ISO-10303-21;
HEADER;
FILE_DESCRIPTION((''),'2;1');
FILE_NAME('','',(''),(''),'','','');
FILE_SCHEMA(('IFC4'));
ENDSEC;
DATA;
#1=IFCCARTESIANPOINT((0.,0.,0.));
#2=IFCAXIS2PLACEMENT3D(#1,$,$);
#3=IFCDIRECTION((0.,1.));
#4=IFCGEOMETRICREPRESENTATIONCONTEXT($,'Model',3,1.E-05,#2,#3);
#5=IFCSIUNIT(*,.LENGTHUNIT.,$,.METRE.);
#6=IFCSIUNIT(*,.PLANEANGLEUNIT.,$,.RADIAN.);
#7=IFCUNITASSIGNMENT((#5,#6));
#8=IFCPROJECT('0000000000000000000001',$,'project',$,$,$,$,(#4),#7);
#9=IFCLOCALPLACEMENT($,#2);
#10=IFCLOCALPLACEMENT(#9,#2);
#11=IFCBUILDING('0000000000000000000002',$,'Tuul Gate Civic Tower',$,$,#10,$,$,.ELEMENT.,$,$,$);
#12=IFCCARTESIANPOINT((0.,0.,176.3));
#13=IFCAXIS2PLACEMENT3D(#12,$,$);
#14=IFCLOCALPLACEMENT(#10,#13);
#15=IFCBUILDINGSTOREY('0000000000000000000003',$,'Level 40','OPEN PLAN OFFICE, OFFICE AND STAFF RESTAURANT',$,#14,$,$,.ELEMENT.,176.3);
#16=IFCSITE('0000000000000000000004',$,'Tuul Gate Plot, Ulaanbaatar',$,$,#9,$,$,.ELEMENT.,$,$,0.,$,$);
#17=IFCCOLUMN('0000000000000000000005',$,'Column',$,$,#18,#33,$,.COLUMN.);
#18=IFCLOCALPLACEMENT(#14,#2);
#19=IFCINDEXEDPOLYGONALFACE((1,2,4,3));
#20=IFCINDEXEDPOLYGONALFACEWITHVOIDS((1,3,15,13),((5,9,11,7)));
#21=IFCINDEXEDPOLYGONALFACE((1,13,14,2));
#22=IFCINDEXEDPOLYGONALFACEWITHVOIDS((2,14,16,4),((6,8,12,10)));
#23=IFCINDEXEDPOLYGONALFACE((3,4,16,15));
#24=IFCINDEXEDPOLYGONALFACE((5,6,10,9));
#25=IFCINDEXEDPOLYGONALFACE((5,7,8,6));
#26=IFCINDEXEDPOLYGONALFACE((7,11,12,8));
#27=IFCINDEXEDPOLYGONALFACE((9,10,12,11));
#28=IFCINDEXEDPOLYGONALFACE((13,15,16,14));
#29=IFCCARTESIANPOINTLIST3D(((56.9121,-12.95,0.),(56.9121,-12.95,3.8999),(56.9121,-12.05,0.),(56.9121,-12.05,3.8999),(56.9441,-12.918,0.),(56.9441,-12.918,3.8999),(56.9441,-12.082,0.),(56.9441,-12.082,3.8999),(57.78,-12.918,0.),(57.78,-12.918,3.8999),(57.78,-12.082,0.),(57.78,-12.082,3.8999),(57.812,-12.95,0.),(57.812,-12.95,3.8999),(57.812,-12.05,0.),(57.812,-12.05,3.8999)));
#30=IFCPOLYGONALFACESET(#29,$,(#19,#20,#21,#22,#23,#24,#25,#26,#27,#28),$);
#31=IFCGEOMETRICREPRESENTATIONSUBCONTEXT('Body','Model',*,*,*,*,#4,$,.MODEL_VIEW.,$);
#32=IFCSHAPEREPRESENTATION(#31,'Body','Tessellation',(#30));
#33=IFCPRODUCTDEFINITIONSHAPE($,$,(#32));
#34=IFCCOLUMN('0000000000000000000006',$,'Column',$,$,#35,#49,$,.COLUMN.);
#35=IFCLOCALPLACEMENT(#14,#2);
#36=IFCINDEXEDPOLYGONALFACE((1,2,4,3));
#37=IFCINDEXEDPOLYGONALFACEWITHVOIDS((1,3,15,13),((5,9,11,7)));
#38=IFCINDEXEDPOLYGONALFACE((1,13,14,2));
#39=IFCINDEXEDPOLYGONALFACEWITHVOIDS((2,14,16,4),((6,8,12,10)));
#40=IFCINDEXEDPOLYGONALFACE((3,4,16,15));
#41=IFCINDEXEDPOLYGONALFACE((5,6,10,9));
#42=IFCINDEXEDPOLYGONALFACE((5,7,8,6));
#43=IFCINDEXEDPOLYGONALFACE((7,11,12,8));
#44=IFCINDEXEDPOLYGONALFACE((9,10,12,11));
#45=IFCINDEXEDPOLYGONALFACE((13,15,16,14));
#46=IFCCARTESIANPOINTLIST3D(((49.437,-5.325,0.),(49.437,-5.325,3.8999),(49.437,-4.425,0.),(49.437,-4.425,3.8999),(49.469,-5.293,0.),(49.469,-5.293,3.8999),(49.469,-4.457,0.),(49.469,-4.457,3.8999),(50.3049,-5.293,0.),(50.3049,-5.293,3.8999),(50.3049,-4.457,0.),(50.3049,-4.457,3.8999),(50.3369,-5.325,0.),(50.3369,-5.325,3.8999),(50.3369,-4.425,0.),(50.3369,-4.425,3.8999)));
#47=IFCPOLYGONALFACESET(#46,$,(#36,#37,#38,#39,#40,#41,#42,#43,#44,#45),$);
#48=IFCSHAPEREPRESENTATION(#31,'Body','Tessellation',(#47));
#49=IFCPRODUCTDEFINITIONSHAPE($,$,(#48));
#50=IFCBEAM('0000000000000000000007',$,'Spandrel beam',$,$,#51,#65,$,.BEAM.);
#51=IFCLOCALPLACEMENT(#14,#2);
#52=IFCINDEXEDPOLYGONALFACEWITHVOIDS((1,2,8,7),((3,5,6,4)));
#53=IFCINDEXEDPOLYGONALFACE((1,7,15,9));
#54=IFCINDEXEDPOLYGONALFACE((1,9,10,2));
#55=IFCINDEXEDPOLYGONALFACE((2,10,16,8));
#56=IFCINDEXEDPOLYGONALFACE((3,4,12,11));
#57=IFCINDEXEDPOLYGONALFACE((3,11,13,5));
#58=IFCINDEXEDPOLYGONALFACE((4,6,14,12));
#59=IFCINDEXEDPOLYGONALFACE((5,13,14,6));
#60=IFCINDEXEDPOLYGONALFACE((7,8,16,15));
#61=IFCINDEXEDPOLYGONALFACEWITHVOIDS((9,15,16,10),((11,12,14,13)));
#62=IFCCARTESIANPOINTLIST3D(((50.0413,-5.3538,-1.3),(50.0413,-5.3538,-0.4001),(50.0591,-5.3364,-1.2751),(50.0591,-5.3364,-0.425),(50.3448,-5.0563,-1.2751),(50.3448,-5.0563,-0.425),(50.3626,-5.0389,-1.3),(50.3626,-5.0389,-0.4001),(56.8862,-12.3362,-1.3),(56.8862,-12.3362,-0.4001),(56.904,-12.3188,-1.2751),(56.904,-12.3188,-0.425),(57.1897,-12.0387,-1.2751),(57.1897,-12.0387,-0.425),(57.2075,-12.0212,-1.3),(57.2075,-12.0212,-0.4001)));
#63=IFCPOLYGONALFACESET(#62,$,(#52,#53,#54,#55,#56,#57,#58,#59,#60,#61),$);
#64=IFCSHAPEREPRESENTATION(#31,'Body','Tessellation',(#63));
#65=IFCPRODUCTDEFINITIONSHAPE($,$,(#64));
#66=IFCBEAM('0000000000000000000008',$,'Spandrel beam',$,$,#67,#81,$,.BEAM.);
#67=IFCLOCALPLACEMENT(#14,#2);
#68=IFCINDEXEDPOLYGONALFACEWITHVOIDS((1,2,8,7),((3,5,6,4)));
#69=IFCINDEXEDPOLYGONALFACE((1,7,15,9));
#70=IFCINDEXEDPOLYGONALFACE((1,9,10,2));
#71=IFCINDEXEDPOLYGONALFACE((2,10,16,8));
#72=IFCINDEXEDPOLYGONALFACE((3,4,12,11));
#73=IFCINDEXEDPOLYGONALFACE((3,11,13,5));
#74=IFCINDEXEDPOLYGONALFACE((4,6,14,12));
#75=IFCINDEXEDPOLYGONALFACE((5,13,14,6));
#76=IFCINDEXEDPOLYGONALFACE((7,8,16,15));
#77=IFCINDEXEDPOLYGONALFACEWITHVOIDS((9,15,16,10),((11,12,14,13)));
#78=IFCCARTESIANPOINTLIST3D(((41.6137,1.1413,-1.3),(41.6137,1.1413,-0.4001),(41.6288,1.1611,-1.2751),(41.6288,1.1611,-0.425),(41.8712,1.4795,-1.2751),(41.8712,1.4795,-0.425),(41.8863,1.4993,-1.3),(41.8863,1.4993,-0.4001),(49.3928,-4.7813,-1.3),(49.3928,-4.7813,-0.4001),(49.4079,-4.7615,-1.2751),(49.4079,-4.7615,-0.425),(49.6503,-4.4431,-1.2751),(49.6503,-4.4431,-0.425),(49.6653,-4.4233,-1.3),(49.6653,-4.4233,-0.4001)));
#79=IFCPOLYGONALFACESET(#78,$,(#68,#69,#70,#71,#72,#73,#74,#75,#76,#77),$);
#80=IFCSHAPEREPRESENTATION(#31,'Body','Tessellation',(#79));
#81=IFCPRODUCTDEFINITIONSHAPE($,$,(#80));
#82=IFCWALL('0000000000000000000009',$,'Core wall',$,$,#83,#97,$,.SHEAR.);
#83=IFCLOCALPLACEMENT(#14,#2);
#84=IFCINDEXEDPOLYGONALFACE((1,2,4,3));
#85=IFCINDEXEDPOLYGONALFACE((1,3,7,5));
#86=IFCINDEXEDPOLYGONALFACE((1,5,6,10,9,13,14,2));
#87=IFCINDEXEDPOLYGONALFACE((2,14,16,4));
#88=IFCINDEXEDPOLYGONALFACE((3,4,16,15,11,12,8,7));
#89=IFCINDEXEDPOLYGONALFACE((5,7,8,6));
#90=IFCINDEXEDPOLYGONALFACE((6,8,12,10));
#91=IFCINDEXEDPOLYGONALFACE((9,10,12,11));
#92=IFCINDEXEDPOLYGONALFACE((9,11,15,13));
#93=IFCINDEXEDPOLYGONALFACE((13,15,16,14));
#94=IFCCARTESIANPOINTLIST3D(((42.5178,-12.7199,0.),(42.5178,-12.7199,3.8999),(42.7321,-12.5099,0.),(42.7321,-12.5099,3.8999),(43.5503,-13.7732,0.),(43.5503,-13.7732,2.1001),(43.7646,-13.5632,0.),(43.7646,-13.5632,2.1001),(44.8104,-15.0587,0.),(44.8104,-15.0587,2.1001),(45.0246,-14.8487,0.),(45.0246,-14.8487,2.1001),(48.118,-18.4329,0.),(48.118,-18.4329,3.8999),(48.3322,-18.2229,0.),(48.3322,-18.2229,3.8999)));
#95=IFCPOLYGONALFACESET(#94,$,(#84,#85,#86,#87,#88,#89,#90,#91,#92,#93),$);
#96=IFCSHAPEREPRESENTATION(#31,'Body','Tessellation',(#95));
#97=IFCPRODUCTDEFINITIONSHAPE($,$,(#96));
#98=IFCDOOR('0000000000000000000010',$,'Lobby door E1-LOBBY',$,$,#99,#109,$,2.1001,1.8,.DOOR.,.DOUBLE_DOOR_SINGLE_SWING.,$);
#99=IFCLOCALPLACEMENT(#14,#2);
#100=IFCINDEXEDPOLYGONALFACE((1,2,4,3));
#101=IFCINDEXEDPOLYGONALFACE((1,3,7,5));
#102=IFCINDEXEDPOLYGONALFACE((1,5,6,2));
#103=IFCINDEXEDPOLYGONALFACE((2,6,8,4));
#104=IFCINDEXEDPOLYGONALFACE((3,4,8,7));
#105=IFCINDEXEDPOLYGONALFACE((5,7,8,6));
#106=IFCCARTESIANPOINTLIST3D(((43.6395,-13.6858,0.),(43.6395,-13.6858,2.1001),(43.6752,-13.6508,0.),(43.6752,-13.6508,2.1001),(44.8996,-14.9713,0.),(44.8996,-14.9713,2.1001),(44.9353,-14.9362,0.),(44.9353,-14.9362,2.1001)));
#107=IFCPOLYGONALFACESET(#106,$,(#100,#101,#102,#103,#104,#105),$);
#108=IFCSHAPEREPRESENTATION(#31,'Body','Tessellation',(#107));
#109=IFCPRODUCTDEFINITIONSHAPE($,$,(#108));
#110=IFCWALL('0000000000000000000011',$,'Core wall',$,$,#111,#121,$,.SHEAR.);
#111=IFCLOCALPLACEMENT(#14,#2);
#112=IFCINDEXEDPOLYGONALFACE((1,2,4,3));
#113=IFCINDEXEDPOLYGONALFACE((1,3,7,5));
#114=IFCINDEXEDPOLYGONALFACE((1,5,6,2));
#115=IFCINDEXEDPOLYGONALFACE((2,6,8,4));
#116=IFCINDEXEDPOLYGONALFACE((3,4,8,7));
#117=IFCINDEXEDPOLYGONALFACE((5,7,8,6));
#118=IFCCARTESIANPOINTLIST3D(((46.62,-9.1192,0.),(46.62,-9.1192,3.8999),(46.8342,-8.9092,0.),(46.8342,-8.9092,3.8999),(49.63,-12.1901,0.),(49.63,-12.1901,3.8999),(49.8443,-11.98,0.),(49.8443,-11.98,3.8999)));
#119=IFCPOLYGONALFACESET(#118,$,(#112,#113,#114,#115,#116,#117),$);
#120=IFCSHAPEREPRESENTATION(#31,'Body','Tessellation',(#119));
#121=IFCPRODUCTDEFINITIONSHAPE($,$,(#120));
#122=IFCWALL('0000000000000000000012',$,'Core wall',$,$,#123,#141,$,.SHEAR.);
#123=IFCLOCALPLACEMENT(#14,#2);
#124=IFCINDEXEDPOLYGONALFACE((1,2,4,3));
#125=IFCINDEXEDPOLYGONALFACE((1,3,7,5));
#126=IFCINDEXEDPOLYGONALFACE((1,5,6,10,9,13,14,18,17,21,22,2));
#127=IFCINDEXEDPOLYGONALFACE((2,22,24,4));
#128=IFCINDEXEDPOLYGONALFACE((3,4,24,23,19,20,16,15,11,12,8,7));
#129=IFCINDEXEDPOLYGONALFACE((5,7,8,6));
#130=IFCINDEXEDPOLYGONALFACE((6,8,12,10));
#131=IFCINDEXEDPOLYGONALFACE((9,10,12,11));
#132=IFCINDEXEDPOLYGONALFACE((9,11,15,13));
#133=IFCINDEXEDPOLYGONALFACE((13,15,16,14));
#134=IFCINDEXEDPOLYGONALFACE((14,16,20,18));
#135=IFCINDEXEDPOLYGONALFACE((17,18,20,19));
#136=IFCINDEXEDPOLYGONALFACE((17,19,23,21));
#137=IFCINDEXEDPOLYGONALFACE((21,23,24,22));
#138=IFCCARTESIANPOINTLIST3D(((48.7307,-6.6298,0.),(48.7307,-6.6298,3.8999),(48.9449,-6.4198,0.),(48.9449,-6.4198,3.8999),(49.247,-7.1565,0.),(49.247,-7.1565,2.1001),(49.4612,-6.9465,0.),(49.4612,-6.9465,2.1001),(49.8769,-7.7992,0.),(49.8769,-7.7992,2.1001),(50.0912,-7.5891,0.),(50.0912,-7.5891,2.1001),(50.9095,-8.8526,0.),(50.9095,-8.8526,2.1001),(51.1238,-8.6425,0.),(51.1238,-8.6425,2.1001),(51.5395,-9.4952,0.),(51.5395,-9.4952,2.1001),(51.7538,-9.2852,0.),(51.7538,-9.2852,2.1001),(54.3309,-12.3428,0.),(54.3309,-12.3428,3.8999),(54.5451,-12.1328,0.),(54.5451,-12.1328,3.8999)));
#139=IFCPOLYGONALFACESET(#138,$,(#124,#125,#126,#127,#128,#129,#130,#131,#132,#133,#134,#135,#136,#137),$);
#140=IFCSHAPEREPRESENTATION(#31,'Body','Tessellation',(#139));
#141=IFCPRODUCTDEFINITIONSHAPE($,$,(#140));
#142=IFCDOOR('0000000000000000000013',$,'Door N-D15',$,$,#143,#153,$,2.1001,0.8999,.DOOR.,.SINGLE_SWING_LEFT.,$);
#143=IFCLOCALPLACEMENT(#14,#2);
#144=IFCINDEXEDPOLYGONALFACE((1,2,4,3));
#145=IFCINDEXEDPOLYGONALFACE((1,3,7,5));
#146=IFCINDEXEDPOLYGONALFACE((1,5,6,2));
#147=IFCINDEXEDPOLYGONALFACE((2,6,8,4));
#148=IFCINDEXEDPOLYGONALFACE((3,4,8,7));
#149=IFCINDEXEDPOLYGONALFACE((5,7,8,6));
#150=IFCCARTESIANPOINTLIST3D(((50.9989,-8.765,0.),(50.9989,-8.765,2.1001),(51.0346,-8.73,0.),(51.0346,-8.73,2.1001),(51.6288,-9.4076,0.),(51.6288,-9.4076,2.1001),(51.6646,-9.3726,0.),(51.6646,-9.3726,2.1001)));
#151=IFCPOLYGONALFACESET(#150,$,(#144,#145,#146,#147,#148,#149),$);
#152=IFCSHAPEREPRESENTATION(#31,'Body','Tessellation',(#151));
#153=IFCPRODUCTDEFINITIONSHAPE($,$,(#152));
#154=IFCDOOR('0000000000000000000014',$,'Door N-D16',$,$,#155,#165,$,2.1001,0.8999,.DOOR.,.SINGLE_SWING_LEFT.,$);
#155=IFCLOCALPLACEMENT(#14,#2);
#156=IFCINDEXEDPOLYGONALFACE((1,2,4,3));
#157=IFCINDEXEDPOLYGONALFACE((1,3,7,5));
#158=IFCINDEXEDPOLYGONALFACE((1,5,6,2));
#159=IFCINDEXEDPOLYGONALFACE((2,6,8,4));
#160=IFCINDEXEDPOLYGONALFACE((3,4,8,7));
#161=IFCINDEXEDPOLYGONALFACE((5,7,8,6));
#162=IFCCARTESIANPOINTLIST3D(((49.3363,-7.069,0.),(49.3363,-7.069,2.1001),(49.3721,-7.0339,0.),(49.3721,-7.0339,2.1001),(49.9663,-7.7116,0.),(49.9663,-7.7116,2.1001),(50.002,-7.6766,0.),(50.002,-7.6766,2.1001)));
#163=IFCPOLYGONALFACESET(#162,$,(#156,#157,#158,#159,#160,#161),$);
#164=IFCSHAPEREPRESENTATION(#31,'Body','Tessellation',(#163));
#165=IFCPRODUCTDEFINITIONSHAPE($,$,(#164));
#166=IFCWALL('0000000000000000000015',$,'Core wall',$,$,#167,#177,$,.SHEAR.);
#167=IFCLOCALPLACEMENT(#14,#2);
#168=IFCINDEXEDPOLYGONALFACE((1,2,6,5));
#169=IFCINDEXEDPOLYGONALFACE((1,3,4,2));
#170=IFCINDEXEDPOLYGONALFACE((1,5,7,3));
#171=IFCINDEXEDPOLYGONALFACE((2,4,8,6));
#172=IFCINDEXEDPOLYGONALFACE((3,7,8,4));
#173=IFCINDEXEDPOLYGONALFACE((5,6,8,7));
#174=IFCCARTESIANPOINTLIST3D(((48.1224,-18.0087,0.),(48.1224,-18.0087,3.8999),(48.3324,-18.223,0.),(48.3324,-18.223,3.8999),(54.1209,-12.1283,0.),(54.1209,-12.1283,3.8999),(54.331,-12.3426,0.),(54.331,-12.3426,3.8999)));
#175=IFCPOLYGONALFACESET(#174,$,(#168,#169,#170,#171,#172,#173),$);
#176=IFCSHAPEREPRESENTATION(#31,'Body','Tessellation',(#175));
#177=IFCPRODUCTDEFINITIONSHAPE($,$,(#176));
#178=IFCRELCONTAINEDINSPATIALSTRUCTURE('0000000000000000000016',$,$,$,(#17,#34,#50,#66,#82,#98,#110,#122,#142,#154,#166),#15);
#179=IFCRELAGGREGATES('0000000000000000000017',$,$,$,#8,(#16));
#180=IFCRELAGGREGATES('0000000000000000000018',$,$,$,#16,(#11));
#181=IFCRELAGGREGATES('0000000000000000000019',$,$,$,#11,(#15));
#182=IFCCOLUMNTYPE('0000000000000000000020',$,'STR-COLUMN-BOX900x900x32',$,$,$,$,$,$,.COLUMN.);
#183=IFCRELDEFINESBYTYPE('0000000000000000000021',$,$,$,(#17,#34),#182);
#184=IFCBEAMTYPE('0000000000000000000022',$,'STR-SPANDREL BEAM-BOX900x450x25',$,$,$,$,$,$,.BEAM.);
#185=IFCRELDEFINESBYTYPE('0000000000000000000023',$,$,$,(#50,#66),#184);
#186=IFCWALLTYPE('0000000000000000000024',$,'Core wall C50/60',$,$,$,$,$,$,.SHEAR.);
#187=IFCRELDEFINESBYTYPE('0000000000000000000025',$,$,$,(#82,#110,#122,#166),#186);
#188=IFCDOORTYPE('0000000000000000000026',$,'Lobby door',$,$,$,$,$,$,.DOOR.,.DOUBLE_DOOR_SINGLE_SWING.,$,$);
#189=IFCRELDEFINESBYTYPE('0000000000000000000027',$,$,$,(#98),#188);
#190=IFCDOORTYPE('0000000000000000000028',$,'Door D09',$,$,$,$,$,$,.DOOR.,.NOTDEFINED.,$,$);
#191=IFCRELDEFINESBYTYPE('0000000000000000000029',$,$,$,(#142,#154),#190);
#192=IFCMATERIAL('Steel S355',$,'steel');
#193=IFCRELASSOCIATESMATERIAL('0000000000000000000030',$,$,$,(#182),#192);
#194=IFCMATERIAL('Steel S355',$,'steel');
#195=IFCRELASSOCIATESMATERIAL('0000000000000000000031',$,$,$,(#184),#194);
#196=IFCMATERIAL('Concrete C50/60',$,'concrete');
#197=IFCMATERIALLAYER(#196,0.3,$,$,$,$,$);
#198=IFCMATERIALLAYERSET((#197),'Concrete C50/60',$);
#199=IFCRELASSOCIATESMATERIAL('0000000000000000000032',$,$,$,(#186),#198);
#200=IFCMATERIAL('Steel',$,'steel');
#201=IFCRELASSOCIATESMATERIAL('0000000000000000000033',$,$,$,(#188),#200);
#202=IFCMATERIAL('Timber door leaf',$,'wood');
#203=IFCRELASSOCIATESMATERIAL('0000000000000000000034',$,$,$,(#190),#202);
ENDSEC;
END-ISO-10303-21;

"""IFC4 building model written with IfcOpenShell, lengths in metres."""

from ifc_helpers import new_model, si_unit, direction, frame, frame_2d, origin, origin_2d, place, context, subcontext, project, spatial, rectangle, hollow_rectangle, extrude, material, layer, layer_set, material_profile, profile_set, type_object, element, fill, save


model = new_model("IFC4")

# Units and contexts
model_context = context("Model", 3, precision=1e-05, world=origin(), true_north=direction((0.0, 1.0)))
body_context = subcontext(model_context, "Body", "Model", "MODEL_VIEW")
ifc_project = project(units=[si_unit("LENGTHUNIT", "METRE"), si_unit("PLANEANGLEUNIT", "RADIAN")], contexts=[model_context])

# Site, building, storey
site_placement = place(None, origin())
site = spatial("IfcSite", under=ifc_project, at=site_placement, Name="Tuul Gate Plot, Ulaanbaatar", CompositionType="ELEMENT", RefElevation=0.0)
building_placement = place(site_placement, origin())
building = spatial("IfcBuilding", under=site, at=building_placement, Name="Tuul Gate Civic Tower", CompositionType="ELEMENT")
storey_placement = place(building_placement, frame((0.0, 0.0, 176.3)))
storey = spatial("IfcBuildingStorey", under=building, at=storey_placement, Name="Level 40", Description="OPEN PLAN OFFICE, OFFICE AND STAFF RESTAURANT", CompositionType="ELEMENT", Elevation=176.3)

# Columns
ifc_material_1 = material(Name="Steel S355", Category="steel")
ifc_material_profile_1 = material_profile(ifc_material_1, hollow_rectangle(XDim=0.8999, YDim=0.8999, WallThickness=0.032, at=origin_2d()), Name="BOX900x900x32")
ifc_profile_set_1 = profile_set([ifc_material_profile_1], Name="Steel S355")
column_type = type_object("IfcColumnType", Name="STR-COLUMN-BOX900x900x32", PredefinedType="COLUMN", material=ifc_profile_set_1)
for number, where, z_axis, x_axis, name in (
    (1, (57.3621, -12.5, 0.0), (0.0, 0.0, 1.0), (1.0, 0.0, 0.0), "Column"),
    (2, (49.887, -4.875, 0.0), (0.0, 0.0, 1.0), (1.0, 0.0, 0.0), "Column"),
):
    element("IfcColumn", number, at=place(storey_placement, frame(where, z_axis=z_axis, x_axis=x_axis)), inside=storey, type_object=column_type, Name=name, PredefinedType="COLUMN", context=body_context, shape_type="SweptSolid", body=[
        extrude(hollow_rectangle(XDim=0.8999, YDim=0.8999, WallThickness=0.032, at=origin_2d()), origin(), (0.0, 0.0, 1.0), 3.8999),
    ])

# Beams
ifc_material_2 = material(Name="Steel S355", Category="steel")
ifc_material_profile_2 = material_profile(ifc_material_2, hollow_rectangle(XDim=0.45, YDim=0.8999, WallThickness=0.0249, at=origin_2d()), Name="BOX900x450x25")
ifc_profile_set_2 = profile_set([ifc_material_profile_2], Name="Steel S355")
beam_type = type_object("IfcBeamType", Name="STR-SPANDREL BEAM-BOX900x450x25", PredefinedType="BEAM", material=ifc_profile_set_2)
beam_1_placement = place(storey_placement, frame((57.0469, -12.1787, -0.8501), z_axis=(-0.700043, 0.7141, 0.0), x_axis=(-0.7141, -0.700043, 0.0)))
element("IfcBeam", 3, at=beam_1_placement, inside=storey, type_object=beam_type, Name="Spandrel beam", PredefinedType="BEAM", context=body_context, shape_type="SweptSolid", body=[
    extrude(hollow_rectangle(XDim=0.45, YDim=0.8999, WallThickness=0.0249, at=origin_2d()), origin(), (0.0, 0.0, 1.0), 9.7778),
])
beam_2_placement = place(storey_placement, frame((49.5291, -4.6023, -0.8501), z_axis=(-0.795643, 0.605766, 0.0), x_axis=(-0.605766, -0.795643, 0.0)))
element("IfcBeam", 4, at=beam_2_placement, inside=storey, type_object=beam_type, Name="Spandrel beam", PredefinedType="BEAM", context=body_context, shape_type="SweptSolid", body=[
    extrude(hollow_rectangle(XDim=0.45, YDim=0.8999, WallThickness=0.0249, at=origin_2d()), origin(), (0.0, 0.0, 1.0), 9.7771),
])

# Wall, opening, door
ifc_material_3 = material(Name="Concrete C50/60", Category="concrete")
ifc_layer_1 = layer(ifc_material_3, 0.3)
ifc_layer_set_1 = layer_set([ifc_layer_1], Name="Concrete C50/60")
wall_type_1 = type_object("IfcWallType", Name="Core wall C50/60", PredefinedType="SHEAR", material=ifc_layer_set_1)
wall_1_placement = place(storey_placement, frame((48.2251, -18.3279, 0.0), z_axis=(0.0, 0.0, 1.0), x_axis=(-0.700022, 0.714121, 0.0)))
wall_1 = element("IfcWall", 5, at=wall_1_placement, inside=storey, type_object=wall_type_1, Name="Core wall", PredefinedType="SHEAR", context=body_context, shape_type="SweptSolid", body=[
    extrude(rectangle(XDim=8.0, YDim=0.3, at=frame_2d((4.0, 0.0))), origin(), (0.0, 0.0, 1.0), 3.8999),
])
opening_1_placement = place(wall_1_placement, frame((4.7251, 0.0, 0.0)))
opening_1 = element("IfcOpeningElement", 6, at=opening_1_placement, cuts=wall_1, PredefinedType="OPENING", context=body_context, shape_type="SweptSolid", body=[
    extrude(rectangle(XDim=1.8, YDim=2.1001, at=frame_2d((0.8999, 1.05))), frame((0.0, 0.1602, 0.0), z_axis=(0.0, -1.0, 0.0), x_axis=(1.0, 0.0, 0.0)), (0.0, 0.0, 1.0), 0.3201),
])
ifc_material_4 = material(Name="Steel", Category="steel")
door_type_1 = type_object("IfcDoorType", Name="Lobby door", OperationType="DOUBLE_DOOR_SINGLE_SWING", PredefinedType="DOOR", material=ifc_material_4)
door_1_placement = place(opening_1_placement, frame((1.8, 0.0, 0.0), z_axis=(0.0, 0.0, 1.0), x_axis=(-1.0, 0.0, 0.0)))
door_1 = element("IfcDoor", 7, at=door_1_placement, inside=storey, type_object=door_type_1, Name="Lobby door E1-LOBBY", OperationType="DOUBLE_DOOR_SINGLE_SWING", OverallHeight=2.1001, OverallWidth=1.8, PredefinedType="DOOR", context=body_context, shape_type="SweptSolid", body=[
    extrude(rectangle(XDim=1.8, YDim=2.1001, at=frame_2d((0.9001, 1.05))), frame((0.0, 0.0249, 0.0), z_axis=(0.0, -1.0, 0.0), x_axis=(1.0, 0.0, 0.0)), (0.0, 0.0, 1.0), 0.05),
])
fill(opening_1, door_1)

# Wall
wall_2_placement = place(storey_placement, frame((49.7371, -12.085, 0.0), z_axis=(0.0, 0.0, 1.0), x_axis=(-0.700003, 0.71414, 0.0)))
element("IfcWall", 8, at=wall_2_placement, inside=storey, type_object=wall_type_1, Name="Core wall", PredefinedType="SHEAR", context=body_context, shape_type="SweptSolid", body=[
    extrude(rectangle(XDim=4.3, YDim=0.3, at=frame_2d((2.1499, 0.0))), origin(), (0.0, 0.0, 1.0), 3.8999),
])

# Wall, openings, doors
wall_3_placement = place(storey_placement, frame((54.438, -12.2378, 0.0), z_axis=(0.0, 0.0, 1.0), x_axis=(-0.700022, 0.714121, 0.0)))
wall_3 = element("IfcWall", 9, at=wall_3_placement, inside=storey, type_object=wall_type_1, Name="Core wall", PredefinedType="SHEAR", context=body_context, shape_type="SweptSolid", body=[
    extrude(rectangle(XDim=8.0, YDim=0.3, at=frame_2d((4.0, 0.0))), origin(), (0.0, 0.0, 1.0), 3.8999),
])
opening_2_placement = place(wall_3_placement, frame((3.9875, 0.0, 0.0)))
opening_2 = element("IfcOpeningElement", 10, at=opening_2_placement, cuts=wall_3, PredefinedType="OPENING", context=body_context, shape_type="SweptSolid", body=[
    extrude(rectangle(XDim=0.8999, YDim=2.1001, at=frame_2d((0.45, 1.05))), frame((0.0, 0.1602, 0.0), z_axis=(0.0, -1.0, 0.0), x_axis=(1.0, 0.0, 0.0)), (0.0, 0.0, 1.0), 0.3201),
])
opening_3_placement = place(wall_3_placement, frame((6.3625, 0.0, 0.0)))
opening_3 = element("IfcOpeningElement", 11, at=opening_3_placement, cuts=wall_3, PredefinedType="OPENING", context=body_context, shape_type="SweptSolid", body=[
    extrude(rectangle(XDim=0.8999, YDim=2.1001, at=frame_2d((0.45, 1.05))), frame((0.0, 0.1602, 0.0), z_axis=(0.0, -1.0, 0.0), x_axis=(1.0, 0.0, 0.0)), (0.0, 0.0, 1.0), 0.3201),
])
ifc_material_5 = material(Name="Timber door leaf", Category="wood")
door_type_2 = type_object("IfcDoorType", Name="Door D09", OperationType="NOTDEFINED", PredefinedType="DOOR", material=ifc_material_5)
door_2_placement = place(opening_2_placement, origin())
door_2 = element("IfcDoor", 12, at=door_2_placement, inside=storey, type_object=door_type_2, Name="Door N-D15", OperationType="SINGLE_SWING_LEFT", OverallHeight=2.1001, OverallWidth=0.8999, PredefinedType="DOOR", context=body_context, shape_type="SweptSolid", body=[
    extrude(rectangle(XDim=0.8999, YDim=2.1001, at=frame_2d((0.45, 1.05))), frame((0.0, 0.0249, 0.0), z_axis=(0.0, -1.0, 0.0), x_axis=(1.0, 0.0, 0.0)), (0.0, 0.0, 1.0), 0.05),
])
fill(opening_2, door_2)
door_3_placement = place(opening_3_placement, origin())
door_3 = element("IfcDoor", 13, at=door_3_placement, inside=storey, type_object=door_type_2, Name="Door N-D16", OperationType="SINGLE_SWING_LEFT", OverallHeight=2.1001, OverallWidth=0.8999, PredefinedType="DOOR", context=body_context, shape_type="SweptSolid", body=[
    extrude(rectangle(XDim=0.8999, YDim=2.1001, at=frame_2d((0.45, 1.05))), frame((0.0, 0.0249, 0.0), z_axis=(0.0, -1.0, 0.0), x_axis=(1.0, 0.0, 0.0)), (0.0, 0.0, 1.0), 0.05),
])
fill(opening_3, door_3)

# Wall
wall_4_placement = place(storey_placement, frame((48.2273, -18.116, 0.0), z_axis=(0.0, 0.0, 1.0), x_axis=(0.714105, 0.700038, 0.0)))
element("IfcWall", 14, at=wall_4_placement, inside=storey, type_object=wall_type_1, Name="Core wall", PredefinedType="SHEAR", context=body_context, shape_type="SweptSolid", body=[
    extrude(rectangle(XDim=8.4001, YDim=0.3, at=frame_2d((4.2002, 0.0))), origin(), (0.0, 0.0, 1.0), 3.8999),
])

save(model, "model.ifc")
